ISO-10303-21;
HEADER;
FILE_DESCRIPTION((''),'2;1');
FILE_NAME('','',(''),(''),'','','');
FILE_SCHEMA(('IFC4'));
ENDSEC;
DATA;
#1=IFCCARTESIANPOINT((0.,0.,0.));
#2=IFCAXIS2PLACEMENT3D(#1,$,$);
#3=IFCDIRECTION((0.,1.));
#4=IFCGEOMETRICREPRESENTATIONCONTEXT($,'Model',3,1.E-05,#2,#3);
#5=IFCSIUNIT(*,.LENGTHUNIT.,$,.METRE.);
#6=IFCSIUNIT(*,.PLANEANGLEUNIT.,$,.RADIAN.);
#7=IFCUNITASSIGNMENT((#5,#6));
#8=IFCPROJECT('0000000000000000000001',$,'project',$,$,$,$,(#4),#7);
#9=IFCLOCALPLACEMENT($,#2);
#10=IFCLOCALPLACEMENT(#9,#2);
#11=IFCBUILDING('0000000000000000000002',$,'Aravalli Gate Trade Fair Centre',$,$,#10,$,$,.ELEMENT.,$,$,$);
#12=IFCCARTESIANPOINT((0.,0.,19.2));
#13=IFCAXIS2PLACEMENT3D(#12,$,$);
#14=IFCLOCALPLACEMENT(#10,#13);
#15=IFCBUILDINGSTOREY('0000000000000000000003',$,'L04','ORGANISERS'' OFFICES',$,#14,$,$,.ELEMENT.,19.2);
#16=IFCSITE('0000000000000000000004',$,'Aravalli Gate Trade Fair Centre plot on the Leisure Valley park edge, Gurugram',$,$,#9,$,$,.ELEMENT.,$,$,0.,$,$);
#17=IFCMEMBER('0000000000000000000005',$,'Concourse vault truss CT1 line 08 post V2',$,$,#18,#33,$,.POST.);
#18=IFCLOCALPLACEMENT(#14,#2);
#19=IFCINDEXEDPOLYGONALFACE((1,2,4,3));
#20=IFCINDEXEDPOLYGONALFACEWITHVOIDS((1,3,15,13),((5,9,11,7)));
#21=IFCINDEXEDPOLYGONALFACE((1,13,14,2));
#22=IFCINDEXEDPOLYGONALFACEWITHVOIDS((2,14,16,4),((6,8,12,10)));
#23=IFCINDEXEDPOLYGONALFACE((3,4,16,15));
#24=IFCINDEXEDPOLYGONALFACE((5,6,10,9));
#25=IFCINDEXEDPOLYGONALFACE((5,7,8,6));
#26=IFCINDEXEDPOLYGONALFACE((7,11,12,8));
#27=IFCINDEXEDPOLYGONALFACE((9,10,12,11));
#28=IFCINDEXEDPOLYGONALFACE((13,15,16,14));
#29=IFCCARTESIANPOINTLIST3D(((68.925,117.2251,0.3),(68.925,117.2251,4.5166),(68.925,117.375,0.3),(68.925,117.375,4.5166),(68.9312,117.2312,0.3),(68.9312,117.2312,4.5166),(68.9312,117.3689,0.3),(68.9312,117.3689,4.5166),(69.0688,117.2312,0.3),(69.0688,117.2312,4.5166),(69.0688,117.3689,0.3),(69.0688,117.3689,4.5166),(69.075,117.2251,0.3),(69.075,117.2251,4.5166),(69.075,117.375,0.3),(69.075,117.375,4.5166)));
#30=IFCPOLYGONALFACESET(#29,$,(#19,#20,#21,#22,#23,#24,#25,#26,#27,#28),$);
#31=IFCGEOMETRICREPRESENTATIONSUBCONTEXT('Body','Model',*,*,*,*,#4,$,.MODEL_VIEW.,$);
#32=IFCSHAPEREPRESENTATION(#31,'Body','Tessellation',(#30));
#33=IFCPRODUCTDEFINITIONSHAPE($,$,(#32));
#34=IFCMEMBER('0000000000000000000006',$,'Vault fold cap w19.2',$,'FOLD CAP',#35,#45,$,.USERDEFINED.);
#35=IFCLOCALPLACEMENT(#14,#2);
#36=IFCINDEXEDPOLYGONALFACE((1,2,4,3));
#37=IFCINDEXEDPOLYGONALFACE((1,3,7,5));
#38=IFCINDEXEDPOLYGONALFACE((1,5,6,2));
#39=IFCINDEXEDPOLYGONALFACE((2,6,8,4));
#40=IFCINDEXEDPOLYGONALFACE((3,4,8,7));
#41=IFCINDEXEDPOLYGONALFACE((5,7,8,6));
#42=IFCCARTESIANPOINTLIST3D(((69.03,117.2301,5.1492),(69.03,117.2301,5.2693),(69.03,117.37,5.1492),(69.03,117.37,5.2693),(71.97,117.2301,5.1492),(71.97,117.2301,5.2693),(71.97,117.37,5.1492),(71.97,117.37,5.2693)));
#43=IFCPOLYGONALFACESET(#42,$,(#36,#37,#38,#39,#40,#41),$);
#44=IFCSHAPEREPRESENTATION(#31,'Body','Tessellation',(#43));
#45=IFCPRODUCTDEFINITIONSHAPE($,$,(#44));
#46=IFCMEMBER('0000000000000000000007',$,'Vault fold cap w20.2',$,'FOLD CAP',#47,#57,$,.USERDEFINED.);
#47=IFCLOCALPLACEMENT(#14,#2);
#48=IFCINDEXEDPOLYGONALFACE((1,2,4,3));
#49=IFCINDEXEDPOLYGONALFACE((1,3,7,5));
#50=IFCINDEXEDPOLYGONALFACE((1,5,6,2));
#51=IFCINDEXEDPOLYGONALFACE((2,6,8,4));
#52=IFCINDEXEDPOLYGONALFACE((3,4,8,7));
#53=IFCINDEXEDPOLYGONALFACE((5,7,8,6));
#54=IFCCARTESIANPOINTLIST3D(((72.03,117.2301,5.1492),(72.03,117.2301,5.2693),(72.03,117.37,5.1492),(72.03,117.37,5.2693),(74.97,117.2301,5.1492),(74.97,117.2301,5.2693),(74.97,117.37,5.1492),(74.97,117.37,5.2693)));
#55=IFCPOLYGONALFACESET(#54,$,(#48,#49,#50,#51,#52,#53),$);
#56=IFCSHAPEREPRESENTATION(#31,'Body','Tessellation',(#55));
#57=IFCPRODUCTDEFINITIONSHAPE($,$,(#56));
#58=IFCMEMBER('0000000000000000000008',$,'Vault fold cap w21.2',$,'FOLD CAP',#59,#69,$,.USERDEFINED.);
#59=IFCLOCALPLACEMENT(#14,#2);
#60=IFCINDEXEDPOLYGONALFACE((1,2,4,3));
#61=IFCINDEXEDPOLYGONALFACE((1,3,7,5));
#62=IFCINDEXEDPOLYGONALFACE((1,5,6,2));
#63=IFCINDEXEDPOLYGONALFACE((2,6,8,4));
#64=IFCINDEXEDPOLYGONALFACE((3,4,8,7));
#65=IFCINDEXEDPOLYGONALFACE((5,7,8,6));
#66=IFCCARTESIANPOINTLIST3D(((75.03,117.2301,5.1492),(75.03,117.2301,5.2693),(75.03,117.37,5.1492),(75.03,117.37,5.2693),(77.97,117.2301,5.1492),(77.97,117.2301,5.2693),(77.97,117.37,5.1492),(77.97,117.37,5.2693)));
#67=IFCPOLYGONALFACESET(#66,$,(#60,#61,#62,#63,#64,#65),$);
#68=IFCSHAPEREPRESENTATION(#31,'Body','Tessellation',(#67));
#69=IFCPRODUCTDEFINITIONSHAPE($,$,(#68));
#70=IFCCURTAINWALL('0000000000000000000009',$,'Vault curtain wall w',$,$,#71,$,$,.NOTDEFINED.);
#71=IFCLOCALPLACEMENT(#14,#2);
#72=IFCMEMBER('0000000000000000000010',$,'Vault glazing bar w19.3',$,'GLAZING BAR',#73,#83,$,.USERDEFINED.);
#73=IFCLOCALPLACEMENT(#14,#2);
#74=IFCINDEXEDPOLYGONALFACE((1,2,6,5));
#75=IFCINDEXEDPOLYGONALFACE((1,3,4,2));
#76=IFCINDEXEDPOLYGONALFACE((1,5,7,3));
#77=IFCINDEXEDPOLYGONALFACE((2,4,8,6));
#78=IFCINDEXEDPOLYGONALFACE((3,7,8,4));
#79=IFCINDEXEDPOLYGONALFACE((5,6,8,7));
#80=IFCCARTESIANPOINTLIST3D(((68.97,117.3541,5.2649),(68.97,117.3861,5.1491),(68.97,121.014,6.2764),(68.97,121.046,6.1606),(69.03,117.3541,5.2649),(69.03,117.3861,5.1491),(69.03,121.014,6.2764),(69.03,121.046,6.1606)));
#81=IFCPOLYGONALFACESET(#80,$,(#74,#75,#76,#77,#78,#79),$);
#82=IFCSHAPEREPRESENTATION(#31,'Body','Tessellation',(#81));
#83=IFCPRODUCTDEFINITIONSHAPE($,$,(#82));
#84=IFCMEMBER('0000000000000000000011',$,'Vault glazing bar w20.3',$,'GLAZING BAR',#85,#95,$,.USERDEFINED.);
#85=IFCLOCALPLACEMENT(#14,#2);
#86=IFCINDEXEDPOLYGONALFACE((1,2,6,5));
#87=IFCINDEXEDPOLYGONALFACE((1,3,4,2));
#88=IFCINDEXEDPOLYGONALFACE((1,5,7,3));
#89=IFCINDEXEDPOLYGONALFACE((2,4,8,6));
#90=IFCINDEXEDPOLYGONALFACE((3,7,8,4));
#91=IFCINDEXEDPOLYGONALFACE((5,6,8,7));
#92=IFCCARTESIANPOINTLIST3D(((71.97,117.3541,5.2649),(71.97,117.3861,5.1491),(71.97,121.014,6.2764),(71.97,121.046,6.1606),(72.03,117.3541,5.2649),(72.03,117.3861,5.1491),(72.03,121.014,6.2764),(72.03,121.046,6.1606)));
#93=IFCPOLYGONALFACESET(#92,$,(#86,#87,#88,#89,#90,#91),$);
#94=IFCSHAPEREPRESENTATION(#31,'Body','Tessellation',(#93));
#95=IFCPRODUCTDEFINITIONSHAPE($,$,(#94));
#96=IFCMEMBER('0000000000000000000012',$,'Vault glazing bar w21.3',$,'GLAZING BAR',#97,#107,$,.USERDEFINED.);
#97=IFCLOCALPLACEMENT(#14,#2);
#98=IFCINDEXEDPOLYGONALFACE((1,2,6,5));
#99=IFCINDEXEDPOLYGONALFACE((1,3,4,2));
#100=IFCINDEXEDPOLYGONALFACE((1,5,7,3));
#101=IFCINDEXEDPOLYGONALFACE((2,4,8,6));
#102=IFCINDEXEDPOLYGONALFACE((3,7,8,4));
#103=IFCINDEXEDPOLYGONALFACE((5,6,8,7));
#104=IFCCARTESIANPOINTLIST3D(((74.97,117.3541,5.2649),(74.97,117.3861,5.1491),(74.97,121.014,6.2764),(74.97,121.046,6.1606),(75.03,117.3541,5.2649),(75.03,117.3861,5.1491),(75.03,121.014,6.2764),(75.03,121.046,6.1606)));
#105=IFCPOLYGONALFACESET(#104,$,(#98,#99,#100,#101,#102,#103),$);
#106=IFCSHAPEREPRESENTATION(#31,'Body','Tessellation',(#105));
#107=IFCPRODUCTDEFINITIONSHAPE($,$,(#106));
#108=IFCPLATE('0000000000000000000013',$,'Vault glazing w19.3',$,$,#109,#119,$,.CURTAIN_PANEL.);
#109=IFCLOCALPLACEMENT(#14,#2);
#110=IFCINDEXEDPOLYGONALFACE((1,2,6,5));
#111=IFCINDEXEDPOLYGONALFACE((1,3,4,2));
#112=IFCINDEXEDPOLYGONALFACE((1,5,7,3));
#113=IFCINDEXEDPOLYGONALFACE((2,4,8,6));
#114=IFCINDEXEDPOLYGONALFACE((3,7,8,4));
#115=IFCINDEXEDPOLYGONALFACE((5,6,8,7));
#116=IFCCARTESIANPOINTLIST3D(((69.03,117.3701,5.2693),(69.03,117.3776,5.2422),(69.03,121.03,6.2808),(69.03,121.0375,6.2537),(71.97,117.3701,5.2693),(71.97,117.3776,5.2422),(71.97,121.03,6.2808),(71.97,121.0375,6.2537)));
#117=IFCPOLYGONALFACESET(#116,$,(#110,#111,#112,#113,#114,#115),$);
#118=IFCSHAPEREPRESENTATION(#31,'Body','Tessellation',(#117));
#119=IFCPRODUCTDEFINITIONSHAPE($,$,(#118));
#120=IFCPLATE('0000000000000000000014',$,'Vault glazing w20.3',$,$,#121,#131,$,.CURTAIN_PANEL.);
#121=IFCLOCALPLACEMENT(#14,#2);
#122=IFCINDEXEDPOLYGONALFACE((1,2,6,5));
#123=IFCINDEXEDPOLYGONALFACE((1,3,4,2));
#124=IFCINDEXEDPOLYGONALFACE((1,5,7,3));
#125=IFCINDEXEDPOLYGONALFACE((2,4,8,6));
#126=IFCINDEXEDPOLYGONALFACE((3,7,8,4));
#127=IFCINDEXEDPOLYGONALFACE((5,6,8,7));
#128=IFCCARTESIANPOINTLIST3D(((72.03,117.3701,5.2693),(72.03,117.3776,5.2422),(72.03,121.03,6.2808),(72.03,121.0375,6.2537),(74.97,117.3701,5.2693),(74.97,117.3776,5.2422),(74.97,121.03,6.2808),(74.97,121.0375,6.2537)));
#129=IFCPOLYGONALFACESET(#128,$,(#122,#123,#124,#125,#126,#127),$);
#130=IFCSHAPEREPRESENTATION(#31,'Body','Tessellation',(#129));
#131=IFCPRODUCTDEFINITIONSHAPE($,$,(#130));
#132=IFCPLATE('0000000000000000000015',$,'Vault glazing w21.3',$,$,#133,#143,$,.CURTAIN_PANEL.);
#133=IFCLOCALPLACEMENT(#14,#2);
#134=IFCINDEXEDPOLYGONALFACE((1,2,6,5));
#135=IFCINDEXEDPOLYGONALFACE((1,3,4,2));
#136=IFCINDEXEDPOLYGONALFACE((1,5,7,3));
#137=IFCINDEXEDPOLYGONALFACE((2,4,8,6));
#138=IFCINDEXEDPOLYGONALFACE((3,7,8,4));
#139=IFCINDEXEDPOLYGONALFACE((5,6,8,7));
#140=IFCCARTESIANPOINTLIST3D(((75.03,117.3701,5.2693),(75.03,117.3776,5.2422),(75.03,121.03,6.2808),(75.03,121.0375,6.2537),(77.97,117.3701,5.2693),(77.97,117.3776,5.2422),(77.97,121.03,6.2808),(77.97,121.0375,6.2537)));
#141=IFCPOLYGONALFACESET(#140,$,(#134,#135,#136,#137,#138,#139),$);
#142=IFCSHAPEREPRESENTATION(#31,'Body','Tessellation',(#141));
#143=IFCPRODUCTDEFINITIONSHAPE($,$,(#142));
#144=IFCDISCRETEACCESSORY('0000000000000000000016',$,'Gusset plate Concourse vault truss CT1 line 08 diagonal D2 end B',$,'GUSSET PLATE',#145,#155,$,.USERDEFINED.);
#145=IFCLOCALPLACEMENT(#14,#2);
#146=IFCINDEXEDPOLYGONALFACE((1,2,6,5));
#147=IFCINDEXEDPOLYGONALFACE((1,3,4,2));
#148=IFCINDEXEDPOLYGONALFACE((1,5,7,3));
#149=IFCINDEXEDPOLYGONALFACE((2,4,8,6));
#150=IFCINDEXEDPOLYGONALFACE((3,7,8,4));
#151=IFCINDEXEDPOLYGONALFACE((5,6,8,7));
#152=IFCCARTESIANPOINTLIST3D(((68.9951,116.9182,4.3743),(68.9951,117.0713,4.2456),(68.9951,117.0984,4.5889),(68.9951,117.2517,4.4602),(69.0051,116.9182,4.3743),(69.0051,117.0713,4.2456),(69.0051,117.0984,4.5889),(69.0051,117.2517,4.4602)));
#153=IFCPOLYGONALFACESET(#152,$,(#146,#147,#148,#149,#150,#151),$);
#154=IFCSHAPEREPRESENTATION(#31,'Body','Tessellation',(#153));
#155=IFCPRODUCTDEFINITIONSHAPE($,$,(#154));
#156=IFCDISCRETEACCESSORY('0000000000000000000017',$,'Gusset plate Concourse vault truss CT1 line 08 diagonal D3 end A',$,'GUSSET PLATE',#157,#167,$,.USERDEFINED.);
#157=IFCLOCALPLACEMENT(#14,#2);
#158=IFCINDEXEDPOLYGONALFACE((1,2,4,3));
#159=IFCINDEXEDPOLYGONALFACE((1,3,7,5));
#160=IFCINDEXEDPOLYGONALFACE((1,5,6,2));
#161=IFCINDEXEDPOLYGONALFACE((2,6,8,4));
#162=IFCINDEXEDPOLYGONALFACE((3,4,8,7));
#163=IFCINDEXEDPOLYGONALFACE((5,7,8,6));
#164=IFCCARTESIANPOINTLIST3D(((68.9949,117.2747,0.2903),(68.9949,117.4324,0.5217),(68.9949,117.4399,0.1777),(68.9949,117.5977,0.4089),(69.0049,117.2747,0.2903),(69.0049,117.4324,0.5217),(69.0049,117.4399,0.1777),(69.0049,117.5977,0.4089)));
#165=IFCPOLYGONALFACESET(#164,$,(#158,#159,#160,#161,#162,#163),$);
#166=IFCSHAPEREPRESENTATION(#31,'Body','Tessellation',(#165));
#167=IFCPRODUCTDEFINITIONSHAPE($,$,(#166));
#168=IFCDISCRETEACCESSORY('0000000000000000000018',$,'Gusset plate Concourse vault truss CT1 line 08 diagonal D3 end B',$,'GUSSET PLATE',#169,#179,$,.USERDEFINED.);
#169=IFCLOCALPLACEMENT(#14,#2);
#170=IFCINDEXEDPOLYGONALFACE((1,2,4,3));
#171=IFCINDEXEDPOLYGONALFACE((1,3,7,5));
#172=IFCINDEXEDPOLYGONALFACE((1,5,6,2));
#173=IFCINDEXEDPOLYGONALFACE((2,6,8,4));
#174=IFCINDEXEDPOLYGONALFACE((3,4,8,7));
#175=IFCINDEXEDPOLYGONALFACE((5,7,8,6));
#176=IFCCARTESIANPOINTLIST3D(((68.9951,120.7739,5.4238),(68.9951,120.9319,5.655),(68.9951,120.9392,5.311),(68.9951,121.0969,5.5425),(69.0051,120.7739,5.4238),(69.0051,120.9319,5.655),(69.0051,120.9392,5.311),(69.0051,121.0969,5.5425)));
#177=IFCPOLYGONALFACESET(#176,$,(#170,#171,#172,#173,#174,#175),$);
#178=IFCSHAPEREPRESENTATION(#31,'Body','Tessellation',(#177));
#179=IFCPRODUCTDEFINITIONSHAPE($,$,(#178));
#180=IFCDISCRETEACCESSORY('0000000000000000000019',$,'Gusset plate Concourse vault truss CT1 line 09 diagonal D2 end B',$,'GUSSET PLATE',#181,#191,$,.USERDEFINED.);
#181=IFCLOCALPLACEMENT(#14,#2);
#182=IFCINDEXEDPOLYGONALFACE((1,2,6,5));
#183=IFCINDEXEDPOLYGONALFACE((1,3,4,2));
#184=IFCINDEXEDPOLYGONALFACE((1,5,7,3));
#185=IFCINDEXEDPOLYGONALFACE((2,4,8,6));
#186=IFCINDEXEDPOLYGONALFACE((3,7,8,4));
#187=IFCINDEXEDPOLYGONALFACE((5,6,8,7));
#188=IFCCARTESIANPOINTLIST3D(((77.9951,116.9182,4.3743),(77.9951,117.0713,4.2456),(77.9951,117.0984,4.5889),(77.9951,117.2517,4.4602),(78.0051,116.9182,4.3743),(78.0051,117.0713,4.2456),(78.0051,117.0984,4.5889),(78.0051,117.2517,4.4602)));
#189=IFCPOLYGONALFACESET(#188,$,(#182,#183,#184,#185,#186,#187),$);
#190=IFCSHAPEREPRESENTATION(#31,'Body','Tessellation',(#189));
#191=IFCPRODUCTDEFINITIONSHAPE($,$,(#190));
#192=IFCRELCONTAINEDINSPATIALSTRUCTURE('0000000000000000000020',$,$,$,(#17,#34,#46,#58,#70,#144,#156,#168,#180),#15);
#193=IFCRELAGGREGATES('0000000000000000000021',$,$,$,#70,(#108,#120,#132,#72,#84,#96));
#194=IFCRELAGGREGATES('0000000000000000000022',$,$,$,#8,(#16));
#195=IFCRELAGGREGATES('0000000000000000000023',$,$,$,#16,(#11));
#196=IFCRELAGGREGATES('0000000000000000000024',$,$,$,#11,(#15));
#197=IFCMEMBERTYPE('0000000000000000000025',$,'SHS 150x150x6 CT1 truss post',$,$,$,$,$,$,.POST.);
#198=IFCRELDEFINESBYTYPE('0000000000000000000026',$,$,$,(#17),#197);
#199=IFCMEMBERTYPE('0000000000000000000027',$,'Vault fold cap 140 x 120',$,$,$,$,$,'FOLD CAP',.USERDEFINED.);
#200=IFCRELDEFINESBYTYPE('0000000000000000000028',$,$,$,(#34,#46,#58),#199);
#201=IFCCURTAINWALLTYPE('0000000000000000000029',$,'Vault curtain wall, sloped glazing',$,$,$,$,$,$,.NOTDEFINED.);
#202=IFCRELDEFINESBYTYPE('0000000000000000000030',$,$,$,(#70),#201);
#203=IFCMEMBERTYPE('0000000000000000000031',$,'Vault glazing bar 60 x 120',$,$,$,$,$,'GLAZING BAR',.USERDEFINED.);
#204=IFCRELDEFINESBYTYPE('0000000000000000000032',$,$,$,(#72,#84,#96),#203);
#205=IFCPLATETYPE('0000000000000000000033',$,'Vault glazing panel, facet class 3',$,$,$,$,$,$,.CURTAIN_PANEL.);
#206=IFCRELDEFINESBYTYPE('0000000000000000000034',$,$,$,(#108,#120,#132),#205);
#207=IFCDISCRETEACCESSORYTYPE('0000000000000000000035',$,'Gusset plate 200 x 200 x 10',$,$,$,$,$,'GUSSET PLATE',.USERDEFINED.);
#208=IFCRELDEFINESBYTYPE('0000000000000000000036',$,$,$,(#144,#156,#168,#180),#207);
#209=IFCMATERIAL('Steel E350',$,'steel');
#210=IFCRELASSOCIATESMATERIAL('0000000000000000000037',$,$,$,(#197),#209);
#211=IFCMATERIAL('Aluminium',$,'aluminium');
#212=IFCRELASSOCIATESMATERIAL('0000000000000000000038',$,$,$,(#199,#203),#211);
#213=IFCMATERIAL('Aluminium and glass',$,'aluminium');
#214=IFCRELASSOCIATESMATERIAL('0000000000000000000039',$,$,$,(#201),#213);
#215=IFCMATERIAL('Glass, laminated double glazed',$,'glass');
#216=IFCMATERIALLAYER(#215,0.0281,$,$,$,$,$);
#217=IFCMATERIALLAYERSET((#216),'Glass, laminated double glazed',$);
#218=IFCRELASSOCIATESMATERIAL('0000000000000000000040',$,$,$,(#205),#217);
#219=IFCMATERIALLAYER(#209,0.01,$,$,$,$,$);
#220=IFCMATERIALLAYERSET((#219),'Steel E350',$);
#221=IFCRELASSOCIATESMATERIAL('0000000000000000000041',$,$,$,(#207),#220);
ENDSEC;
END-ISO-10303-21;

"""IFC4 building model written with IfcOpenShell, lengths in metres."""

from ifc_helpers import new_model, si_unit, direction, frame, origin, origin_2d, place, context, subcontext, project, spatial, polyline, rectangle, hollow_rectangle, outline, extrude, material, layer, layer_set, material_profile, profile_set, type_object, element, aggregate, save


model = new_model("IFC4")

# Units and contexts
model_context = context("Model", 3, precision=1e-05, world=origin(), true_north=direction((0.0, 1.0)))
body_context = subcontext(model_context, "Body", "Model", "MODEL_VIEW")
ifc_project = project(units=[si_unit("LENGTHUNIT", "METRE"), si_unit("PLANEANGLEUNIT", "RADIAN")], contexts=[model_context])

# Site, building, storey
site_placement = place(None, origin())
site = spatial("IfcSite", under=ifc_project, at=site_placement, Name="Aravalli Gate Trade Fair Centre plot on the Leisure Valley park edge, Gurugram", CompositionType="ELEMENT", RefElevation=0.0)
building_placement = place(site_placement, origin())
building = spatial("IfcBuilding", under=site, at=building_placement, Name="Aravalli Gate Trade Fair Centre", CompositionType="ELEMENT")
storey_placement = place(building_placement, frame((0.0, 0.0, 19.2)))
storey = spatial("IfcBuildingStorey", under=building, at=storey_placement, Name="L04", Description="ORGANISERS' OFFICES", CompositionType="ELEMENT", Elevation=19.2)

# Members
ifc_material_1 = material(Name="Steel E350", Category="steel")
ifc_material_profile_1 = material_profile(ifc_material_1, hollow_rectangle(XDim=0.1499, YDim=0.1499, WallThickness=0.0061, at=origin_2d()), Name="SHS 150x150x6")
ifc_profile_set_1 = profile_set([ifc_material_profile_1], Name="Steel E350")
member_type_1 = type_object("IfcMemberType", Name="SHS 150x150x6 CT1 truss post", PredefinedType="POST", material=ifc_profile_set_1)
member_1_placement = place(storey_placement, frame((69.0, 117.3, 0.3), z_axis=(0.0, 0.0, 1.0), x_axis=(1.0, 0.0, 0.0)))
element("IfcMember", 1, at=member_1_placement, inside=storey, type_object=member_type_1, Name="Concourse vault truss CT1 line 08 post V2", PredefinedType="POST", context=body_context, shape_type="SweptSolid", body=[
    extrude(hollow_rectangle(XDim=0.1499, YDim=0.1499, WallThickness=0.0061, at=origin_2d()), origin(), (0.0, 0.0, 1.0), 4.2166),
])
ifc_material_2 = material(Name="Aluminium", Category="aluminium")
ifc_material_profile_2 = material_profile(ifc_material_2, rectangle(XDim=0.1399, YDim=0.1201, at=origin_2d()), Name="Vault fold cap 140 x 120")
ifc_profile_set_2 = profile_set([ifc_material_profile_2], Name="Aluminium")
member_type_2 = type_object("IfcMemberType", Name="Vault fold cap 140 x 120", ElementType="FOLD CAP", PredefinedType="USERDEFINED", material=ifc_profile_set_2)
for number, where, z_axis, x_axis, name in (
    (2, (69.03, 117.3, 5.2092), (1.0, 0.0, 0.0), (0.0, 1.0, 0.0), "Vault fold cap w19.2"),
    (3, (72.03, 117.3, 5.2092), (1.0, 0.0, 0.0), (0.0, 1.0, 0.0), "Vault fold cap w20.2"),
    (4, (75.03, 117.3, 5.2092), (1.0, 0.0, 0.0), (0.0, 1.0, 0.0), "Vault fold cap w21.2"),
):
    element("IfcMember", number, at=place(storey_placement, frame(where, z_axis=z_axis, x_axis=x_axis)), inside=storey, type_object=member_type_2, Name=name, ObjectType="FOLD CAP", PredefinedType="USERDEFINED", context=body_context, shape_type="SweptSolid", body=[
        extrude(rectangle(XDim=0.1399, YDim=0.1201, at=origin_2d()), origin(), (0.0, 0.0, 1.0), 2.9399),
    ])

# Curtain wall, members, plates
ifc_material_3 = material(Name="Aluminium and glass", Category="aluminium")
curtain_wall_type = type_object("IfcCurtainWallType", Name="Vault curtain wall, sloped glazing", PredefinedType="NOTDEFINED", material=ifc_material_3)
curtain_wall_placement = place(storey_placement, origin())
curtain_wall = element("IfcCurtainWall", 5, at=curtain_wall_placement, inside=storey, type_object=curtain_wall_type, Name="Vault curtain wall w", PredefinedType="NOTDEFINED")
ifc_material_profile_3 = material_profile(ifc_material_2, rectangle(XDim=0.0601, YDim=0.1201, at=origin_2d()), Name="Vault glazing bar 60 x 120")
ifc_profile_set_3 = profile_set([ifc_material_profile_3], Name="Aluminium")
member_type_3 = type_object("IfcMemberType", Name="Vault glazing bar 60 x 120", ElementType="GLAZING BAR", PredefinedType="USERDEFINED", material=ifc_profile_set_3)
member_2_placement = place(storey_placement, frame((69.0, 117.3701, 5.207), z_axis=(0.0, 0.963868, 0.26638), x_axis=(-1.0, 0.0, 0.0)))
member_2 = element("IfcMember", 6, at=member_2_placement, type_object=member_type_3, Name="Vault glazing bar w19.3", ObjectType="GLAZING BAR", PredefinedType="USERDEFINED", context=body_context, shape_type="SweptSolid", body=[
    extrude(rectangle(XDim=0.0601, YDim=0.1201, at=origin_2d()), origin(), (0.0, 0.0, 1.0), 3.7971),
])
member_3_placement = place(storey_placement, frame((72.0, 117.3701, 5.207), z_axis=(0.0, 0.963868, 0.26638), x_axis=(-1.0, 0.0, 0.0)))
member_3 = element("IfcMember", 7, at=member_3_placement, type_object=member_type_3, Name="Vault glazing bar w20.3", ObjectType="GLAZING BAR", PredefinedType="USERDEFINED", context=body_context, shape_type="SweptSolid", body=[
    extrude(rectangle(XDim=0.0601, YDim=0.1201, at=origin_2d()), origin(), (0.0, 0.0, 1.0), 3.7971),
])
member_4_placement = place(storey_placement, frame((75.0, 117.3701, 5.207), z_axis=(0.0, 0.963868, 0.26638), x_axis=(-1.0, 0.0, 0.0)))
member_4 = element("IfcMember", 8, at=member_4_placement, type_object=member_type_3, Name="Vault glazing bar w21.3", ObjectType="GLAZING BAR", PredefinedType="USERDEFINED", context=body_context, shape_type="SweptSolid", body=[
    extrude(rectangle(XDim=0.0601, YDim=0.1201, at=origin_2d()), origin(), (0.0, 0.0, 1.0), 3.7971),
])
ifc_material_4 = material(Name="Glass, laminated double glazed", Category="glass")
ifc_layer_1 = layer(ifc_material_4, 0.0281)
ifc_layer_set_1 = layer_set([ifc_layer_1], Name="Glass, laminated double glazed")
plate_type = type_object("IfcPlateType", Name="Vault glazing panel, facet class 3", PredefinedType="CURTAIN_PANEL", material=ifc_layer_set_1)
plate_1_placement = place(storey_placement, frame((69.03, 117.3701, 5.2693), z_axis=(0.0, -0.26638, 0.963868), x_axis=(1.0, 0.0, 0.0)))
plate_1 = element("IfcPlate", 9, at=plate_1_placement, type_object=plate_type, Name="Vault glazing w19.3", PredefinedType="CURTAIN_PANEL", context=body_context, shape_type="SweptSolid", body=[
    extrude(outline(polyline([(0.0, 0.0), (2.9399, 0.0), (2.9399, 3.7971), (0.0, 3.7971), (0.0, 0.0)])), origin(), (0.0, 0.0, -1.0), 0.0281),
])
plate_2_placement = place(storey_placement, frame((72.03, 117.3701, 5.2693), z_axis=(0.0, -0.26638, 0.963868), x_axis=(1.0, 0.0, 0.0)))
plate_2 = element("IfcPlate", 10, at=plate_2_placement, type_object=plate_type, Name="Vault glazing w20.3", PredefinedType="CURTAIN_PANEL", context=body_context, shape_type="SweptSolid", body=[
    extrude(outline(polyline([(0.0, 0.0), (2.9399, 0.0), (2.9399, 3.7971), (0.0, 3.7971), (0.0, 0.0)])), origin(), (0.0, 0.0, -1.0), 0.0281),
])
plate_3_placement = place(storey_placement, frame((75.03, 117.3701, 5.2693), z_axis=(0.0, -0.26638, 0.963868), x_axis=(1.0, 0.0, 0.0)))
plate_3 = element("IfcPlate", 11, at=plate_3_placement, type_object=plate_type, Name="Vault glazing w21.3", PredefinedType="CURTAIN_PANEL", context=body_context, shape_type="SweptSolid", body=[
    extrude(outline(polyline([(0.0, 0.0), (2.9399, 0.0), (2.9399, 3.7971), (0.0, 3.7971), (0.0, 0.0)])), origin(), (0.0, 0.0, -1.0), 0.0281),
])
aggregate(curtain_wall, [plate_1, plate_2, plate_3, member_2, member_3, member_4])

# Discrete accessories
ifc_layer_2 = layer(ifc_material_1, 0.01)
ifc_layer_set_2 = layer_set([ifc_layer_2], Name="Steel E350")
discrete_accessory_type = type_object("IfcDiscreteAccessoryType", Name="Gusset plate 200 x 200 x 10", ElementType="GUSSET PLATE", PredefinedType="USERDEFINED", material=ifc_layer_set_2)
discrete_accessory_1_placement = place(storey_placement, frame((68.9951, 116.9182, 4.3743), z_axis=(-1.0, 0.0, 0.0), x_axis=(0.0, 0.643008, 0.765859)))
element("IfcDiscreteAccessory", 12, at=discrete_accessory_1_placement, inside=storey, type_object=discrete_accessory_type, Name="Gusset plate Concourse vault truss CT1 line 08 diagonal D2 end B", ObjectType="GUSSET PLATE", PredefinedType="USERDEFINED", context=body_context, shape_type="SweptSolid", body=[
    extrude(outline(polyline([(0.0, 0.0), (0.2802, 0.0), (0.2803, 0.2002), (-0.0001, 0.2), (0.0, 0.0)])), origin(), (0.0, 0.0, -1.0), 0.01),
])
discrete_accessory_2_placement = place(storey_placement, frame((69.0049, 117.4324, 0.5217), z_axis=(1.0, 0.0, 0.0), x_axis=(0.0, -0.56312, -0.826375)))
element("IfcDiscreteAccessory", 13, at=discrete_accessory_2_placement, inside=storey, type_object=discrete_accessory_type, Name="Gusset plate Concourse vault truss CT1 line 08 diagonal D3 end A", ObjectType="GUSSET PLATE", PredefinedType="USERDEFINED", context=body_context, shape_type="SweptSolid", body=[
    extrude(outline(polyline([(0.0, 0.0), (0.2801, 0.0), (0.28, 0.2), (0.0001, 0.2001), (0.0, 0.0)])), origin(), (0.0, 0.0, -1.0), 0.01),
])
discrete_accessory_3_placement = place(storey_placement, frame((68.9951, 120.7739, 5.4238), z_axis=(-1.0, 0.0, 0.0), x_axis=(0.0, 0.564121, 0.825692)))
element("IfcDiscreteAccessory", 14, at=discrete_accessory_3_placement, inside=storey, type_object=discrete_accessory_type, Name="Gusset plate Concourse vault truss CT1 line 08 diagonal D3 end B", ObjectType="GUSSET PLATE", PredefinedType="USERDEFINED", context=body_context, shape_type="SweptSolid", body=[
    extrude(outline(polyline([(0.0, 0.0), (0.28, 0.0), (0.2802, 0.1998), (0.0001, 0.2001), (0.0, 0.0)])), origin(), (0.0, 0.0, -1.0), 0.01),
])
discrete_accessory_4_placement = place(storey_placement, frame((77.9951, 116.9182, 4.3743), z_axis=(-1.0, 0.0, 0.0), x_axis=(0.0, 0.643008, 0.765859)))
element("IfcDiscreteAccessory", 15, at=discrete_accessory_4_placement, inside=storey, type_object=discrete_accessory_type, Name="Gusset plate Concourse vault truss CT1 line 09 diagonal D2 end B", ObjectType="GUSSET PLATE", PredefinedType="USERDEFINED", context=body_context, shape_type="SweptSolid", body=[
    extrude(outline(polyline([(0.0, 0.0), (0.2802, 0.0), (0.2803, 0.2002), (-0.0001, 0.2), (0.0, 0.0)])), origin(), (0.0, 0.0, -1.0), 0.01),
])

save(model, "model.ifc")
